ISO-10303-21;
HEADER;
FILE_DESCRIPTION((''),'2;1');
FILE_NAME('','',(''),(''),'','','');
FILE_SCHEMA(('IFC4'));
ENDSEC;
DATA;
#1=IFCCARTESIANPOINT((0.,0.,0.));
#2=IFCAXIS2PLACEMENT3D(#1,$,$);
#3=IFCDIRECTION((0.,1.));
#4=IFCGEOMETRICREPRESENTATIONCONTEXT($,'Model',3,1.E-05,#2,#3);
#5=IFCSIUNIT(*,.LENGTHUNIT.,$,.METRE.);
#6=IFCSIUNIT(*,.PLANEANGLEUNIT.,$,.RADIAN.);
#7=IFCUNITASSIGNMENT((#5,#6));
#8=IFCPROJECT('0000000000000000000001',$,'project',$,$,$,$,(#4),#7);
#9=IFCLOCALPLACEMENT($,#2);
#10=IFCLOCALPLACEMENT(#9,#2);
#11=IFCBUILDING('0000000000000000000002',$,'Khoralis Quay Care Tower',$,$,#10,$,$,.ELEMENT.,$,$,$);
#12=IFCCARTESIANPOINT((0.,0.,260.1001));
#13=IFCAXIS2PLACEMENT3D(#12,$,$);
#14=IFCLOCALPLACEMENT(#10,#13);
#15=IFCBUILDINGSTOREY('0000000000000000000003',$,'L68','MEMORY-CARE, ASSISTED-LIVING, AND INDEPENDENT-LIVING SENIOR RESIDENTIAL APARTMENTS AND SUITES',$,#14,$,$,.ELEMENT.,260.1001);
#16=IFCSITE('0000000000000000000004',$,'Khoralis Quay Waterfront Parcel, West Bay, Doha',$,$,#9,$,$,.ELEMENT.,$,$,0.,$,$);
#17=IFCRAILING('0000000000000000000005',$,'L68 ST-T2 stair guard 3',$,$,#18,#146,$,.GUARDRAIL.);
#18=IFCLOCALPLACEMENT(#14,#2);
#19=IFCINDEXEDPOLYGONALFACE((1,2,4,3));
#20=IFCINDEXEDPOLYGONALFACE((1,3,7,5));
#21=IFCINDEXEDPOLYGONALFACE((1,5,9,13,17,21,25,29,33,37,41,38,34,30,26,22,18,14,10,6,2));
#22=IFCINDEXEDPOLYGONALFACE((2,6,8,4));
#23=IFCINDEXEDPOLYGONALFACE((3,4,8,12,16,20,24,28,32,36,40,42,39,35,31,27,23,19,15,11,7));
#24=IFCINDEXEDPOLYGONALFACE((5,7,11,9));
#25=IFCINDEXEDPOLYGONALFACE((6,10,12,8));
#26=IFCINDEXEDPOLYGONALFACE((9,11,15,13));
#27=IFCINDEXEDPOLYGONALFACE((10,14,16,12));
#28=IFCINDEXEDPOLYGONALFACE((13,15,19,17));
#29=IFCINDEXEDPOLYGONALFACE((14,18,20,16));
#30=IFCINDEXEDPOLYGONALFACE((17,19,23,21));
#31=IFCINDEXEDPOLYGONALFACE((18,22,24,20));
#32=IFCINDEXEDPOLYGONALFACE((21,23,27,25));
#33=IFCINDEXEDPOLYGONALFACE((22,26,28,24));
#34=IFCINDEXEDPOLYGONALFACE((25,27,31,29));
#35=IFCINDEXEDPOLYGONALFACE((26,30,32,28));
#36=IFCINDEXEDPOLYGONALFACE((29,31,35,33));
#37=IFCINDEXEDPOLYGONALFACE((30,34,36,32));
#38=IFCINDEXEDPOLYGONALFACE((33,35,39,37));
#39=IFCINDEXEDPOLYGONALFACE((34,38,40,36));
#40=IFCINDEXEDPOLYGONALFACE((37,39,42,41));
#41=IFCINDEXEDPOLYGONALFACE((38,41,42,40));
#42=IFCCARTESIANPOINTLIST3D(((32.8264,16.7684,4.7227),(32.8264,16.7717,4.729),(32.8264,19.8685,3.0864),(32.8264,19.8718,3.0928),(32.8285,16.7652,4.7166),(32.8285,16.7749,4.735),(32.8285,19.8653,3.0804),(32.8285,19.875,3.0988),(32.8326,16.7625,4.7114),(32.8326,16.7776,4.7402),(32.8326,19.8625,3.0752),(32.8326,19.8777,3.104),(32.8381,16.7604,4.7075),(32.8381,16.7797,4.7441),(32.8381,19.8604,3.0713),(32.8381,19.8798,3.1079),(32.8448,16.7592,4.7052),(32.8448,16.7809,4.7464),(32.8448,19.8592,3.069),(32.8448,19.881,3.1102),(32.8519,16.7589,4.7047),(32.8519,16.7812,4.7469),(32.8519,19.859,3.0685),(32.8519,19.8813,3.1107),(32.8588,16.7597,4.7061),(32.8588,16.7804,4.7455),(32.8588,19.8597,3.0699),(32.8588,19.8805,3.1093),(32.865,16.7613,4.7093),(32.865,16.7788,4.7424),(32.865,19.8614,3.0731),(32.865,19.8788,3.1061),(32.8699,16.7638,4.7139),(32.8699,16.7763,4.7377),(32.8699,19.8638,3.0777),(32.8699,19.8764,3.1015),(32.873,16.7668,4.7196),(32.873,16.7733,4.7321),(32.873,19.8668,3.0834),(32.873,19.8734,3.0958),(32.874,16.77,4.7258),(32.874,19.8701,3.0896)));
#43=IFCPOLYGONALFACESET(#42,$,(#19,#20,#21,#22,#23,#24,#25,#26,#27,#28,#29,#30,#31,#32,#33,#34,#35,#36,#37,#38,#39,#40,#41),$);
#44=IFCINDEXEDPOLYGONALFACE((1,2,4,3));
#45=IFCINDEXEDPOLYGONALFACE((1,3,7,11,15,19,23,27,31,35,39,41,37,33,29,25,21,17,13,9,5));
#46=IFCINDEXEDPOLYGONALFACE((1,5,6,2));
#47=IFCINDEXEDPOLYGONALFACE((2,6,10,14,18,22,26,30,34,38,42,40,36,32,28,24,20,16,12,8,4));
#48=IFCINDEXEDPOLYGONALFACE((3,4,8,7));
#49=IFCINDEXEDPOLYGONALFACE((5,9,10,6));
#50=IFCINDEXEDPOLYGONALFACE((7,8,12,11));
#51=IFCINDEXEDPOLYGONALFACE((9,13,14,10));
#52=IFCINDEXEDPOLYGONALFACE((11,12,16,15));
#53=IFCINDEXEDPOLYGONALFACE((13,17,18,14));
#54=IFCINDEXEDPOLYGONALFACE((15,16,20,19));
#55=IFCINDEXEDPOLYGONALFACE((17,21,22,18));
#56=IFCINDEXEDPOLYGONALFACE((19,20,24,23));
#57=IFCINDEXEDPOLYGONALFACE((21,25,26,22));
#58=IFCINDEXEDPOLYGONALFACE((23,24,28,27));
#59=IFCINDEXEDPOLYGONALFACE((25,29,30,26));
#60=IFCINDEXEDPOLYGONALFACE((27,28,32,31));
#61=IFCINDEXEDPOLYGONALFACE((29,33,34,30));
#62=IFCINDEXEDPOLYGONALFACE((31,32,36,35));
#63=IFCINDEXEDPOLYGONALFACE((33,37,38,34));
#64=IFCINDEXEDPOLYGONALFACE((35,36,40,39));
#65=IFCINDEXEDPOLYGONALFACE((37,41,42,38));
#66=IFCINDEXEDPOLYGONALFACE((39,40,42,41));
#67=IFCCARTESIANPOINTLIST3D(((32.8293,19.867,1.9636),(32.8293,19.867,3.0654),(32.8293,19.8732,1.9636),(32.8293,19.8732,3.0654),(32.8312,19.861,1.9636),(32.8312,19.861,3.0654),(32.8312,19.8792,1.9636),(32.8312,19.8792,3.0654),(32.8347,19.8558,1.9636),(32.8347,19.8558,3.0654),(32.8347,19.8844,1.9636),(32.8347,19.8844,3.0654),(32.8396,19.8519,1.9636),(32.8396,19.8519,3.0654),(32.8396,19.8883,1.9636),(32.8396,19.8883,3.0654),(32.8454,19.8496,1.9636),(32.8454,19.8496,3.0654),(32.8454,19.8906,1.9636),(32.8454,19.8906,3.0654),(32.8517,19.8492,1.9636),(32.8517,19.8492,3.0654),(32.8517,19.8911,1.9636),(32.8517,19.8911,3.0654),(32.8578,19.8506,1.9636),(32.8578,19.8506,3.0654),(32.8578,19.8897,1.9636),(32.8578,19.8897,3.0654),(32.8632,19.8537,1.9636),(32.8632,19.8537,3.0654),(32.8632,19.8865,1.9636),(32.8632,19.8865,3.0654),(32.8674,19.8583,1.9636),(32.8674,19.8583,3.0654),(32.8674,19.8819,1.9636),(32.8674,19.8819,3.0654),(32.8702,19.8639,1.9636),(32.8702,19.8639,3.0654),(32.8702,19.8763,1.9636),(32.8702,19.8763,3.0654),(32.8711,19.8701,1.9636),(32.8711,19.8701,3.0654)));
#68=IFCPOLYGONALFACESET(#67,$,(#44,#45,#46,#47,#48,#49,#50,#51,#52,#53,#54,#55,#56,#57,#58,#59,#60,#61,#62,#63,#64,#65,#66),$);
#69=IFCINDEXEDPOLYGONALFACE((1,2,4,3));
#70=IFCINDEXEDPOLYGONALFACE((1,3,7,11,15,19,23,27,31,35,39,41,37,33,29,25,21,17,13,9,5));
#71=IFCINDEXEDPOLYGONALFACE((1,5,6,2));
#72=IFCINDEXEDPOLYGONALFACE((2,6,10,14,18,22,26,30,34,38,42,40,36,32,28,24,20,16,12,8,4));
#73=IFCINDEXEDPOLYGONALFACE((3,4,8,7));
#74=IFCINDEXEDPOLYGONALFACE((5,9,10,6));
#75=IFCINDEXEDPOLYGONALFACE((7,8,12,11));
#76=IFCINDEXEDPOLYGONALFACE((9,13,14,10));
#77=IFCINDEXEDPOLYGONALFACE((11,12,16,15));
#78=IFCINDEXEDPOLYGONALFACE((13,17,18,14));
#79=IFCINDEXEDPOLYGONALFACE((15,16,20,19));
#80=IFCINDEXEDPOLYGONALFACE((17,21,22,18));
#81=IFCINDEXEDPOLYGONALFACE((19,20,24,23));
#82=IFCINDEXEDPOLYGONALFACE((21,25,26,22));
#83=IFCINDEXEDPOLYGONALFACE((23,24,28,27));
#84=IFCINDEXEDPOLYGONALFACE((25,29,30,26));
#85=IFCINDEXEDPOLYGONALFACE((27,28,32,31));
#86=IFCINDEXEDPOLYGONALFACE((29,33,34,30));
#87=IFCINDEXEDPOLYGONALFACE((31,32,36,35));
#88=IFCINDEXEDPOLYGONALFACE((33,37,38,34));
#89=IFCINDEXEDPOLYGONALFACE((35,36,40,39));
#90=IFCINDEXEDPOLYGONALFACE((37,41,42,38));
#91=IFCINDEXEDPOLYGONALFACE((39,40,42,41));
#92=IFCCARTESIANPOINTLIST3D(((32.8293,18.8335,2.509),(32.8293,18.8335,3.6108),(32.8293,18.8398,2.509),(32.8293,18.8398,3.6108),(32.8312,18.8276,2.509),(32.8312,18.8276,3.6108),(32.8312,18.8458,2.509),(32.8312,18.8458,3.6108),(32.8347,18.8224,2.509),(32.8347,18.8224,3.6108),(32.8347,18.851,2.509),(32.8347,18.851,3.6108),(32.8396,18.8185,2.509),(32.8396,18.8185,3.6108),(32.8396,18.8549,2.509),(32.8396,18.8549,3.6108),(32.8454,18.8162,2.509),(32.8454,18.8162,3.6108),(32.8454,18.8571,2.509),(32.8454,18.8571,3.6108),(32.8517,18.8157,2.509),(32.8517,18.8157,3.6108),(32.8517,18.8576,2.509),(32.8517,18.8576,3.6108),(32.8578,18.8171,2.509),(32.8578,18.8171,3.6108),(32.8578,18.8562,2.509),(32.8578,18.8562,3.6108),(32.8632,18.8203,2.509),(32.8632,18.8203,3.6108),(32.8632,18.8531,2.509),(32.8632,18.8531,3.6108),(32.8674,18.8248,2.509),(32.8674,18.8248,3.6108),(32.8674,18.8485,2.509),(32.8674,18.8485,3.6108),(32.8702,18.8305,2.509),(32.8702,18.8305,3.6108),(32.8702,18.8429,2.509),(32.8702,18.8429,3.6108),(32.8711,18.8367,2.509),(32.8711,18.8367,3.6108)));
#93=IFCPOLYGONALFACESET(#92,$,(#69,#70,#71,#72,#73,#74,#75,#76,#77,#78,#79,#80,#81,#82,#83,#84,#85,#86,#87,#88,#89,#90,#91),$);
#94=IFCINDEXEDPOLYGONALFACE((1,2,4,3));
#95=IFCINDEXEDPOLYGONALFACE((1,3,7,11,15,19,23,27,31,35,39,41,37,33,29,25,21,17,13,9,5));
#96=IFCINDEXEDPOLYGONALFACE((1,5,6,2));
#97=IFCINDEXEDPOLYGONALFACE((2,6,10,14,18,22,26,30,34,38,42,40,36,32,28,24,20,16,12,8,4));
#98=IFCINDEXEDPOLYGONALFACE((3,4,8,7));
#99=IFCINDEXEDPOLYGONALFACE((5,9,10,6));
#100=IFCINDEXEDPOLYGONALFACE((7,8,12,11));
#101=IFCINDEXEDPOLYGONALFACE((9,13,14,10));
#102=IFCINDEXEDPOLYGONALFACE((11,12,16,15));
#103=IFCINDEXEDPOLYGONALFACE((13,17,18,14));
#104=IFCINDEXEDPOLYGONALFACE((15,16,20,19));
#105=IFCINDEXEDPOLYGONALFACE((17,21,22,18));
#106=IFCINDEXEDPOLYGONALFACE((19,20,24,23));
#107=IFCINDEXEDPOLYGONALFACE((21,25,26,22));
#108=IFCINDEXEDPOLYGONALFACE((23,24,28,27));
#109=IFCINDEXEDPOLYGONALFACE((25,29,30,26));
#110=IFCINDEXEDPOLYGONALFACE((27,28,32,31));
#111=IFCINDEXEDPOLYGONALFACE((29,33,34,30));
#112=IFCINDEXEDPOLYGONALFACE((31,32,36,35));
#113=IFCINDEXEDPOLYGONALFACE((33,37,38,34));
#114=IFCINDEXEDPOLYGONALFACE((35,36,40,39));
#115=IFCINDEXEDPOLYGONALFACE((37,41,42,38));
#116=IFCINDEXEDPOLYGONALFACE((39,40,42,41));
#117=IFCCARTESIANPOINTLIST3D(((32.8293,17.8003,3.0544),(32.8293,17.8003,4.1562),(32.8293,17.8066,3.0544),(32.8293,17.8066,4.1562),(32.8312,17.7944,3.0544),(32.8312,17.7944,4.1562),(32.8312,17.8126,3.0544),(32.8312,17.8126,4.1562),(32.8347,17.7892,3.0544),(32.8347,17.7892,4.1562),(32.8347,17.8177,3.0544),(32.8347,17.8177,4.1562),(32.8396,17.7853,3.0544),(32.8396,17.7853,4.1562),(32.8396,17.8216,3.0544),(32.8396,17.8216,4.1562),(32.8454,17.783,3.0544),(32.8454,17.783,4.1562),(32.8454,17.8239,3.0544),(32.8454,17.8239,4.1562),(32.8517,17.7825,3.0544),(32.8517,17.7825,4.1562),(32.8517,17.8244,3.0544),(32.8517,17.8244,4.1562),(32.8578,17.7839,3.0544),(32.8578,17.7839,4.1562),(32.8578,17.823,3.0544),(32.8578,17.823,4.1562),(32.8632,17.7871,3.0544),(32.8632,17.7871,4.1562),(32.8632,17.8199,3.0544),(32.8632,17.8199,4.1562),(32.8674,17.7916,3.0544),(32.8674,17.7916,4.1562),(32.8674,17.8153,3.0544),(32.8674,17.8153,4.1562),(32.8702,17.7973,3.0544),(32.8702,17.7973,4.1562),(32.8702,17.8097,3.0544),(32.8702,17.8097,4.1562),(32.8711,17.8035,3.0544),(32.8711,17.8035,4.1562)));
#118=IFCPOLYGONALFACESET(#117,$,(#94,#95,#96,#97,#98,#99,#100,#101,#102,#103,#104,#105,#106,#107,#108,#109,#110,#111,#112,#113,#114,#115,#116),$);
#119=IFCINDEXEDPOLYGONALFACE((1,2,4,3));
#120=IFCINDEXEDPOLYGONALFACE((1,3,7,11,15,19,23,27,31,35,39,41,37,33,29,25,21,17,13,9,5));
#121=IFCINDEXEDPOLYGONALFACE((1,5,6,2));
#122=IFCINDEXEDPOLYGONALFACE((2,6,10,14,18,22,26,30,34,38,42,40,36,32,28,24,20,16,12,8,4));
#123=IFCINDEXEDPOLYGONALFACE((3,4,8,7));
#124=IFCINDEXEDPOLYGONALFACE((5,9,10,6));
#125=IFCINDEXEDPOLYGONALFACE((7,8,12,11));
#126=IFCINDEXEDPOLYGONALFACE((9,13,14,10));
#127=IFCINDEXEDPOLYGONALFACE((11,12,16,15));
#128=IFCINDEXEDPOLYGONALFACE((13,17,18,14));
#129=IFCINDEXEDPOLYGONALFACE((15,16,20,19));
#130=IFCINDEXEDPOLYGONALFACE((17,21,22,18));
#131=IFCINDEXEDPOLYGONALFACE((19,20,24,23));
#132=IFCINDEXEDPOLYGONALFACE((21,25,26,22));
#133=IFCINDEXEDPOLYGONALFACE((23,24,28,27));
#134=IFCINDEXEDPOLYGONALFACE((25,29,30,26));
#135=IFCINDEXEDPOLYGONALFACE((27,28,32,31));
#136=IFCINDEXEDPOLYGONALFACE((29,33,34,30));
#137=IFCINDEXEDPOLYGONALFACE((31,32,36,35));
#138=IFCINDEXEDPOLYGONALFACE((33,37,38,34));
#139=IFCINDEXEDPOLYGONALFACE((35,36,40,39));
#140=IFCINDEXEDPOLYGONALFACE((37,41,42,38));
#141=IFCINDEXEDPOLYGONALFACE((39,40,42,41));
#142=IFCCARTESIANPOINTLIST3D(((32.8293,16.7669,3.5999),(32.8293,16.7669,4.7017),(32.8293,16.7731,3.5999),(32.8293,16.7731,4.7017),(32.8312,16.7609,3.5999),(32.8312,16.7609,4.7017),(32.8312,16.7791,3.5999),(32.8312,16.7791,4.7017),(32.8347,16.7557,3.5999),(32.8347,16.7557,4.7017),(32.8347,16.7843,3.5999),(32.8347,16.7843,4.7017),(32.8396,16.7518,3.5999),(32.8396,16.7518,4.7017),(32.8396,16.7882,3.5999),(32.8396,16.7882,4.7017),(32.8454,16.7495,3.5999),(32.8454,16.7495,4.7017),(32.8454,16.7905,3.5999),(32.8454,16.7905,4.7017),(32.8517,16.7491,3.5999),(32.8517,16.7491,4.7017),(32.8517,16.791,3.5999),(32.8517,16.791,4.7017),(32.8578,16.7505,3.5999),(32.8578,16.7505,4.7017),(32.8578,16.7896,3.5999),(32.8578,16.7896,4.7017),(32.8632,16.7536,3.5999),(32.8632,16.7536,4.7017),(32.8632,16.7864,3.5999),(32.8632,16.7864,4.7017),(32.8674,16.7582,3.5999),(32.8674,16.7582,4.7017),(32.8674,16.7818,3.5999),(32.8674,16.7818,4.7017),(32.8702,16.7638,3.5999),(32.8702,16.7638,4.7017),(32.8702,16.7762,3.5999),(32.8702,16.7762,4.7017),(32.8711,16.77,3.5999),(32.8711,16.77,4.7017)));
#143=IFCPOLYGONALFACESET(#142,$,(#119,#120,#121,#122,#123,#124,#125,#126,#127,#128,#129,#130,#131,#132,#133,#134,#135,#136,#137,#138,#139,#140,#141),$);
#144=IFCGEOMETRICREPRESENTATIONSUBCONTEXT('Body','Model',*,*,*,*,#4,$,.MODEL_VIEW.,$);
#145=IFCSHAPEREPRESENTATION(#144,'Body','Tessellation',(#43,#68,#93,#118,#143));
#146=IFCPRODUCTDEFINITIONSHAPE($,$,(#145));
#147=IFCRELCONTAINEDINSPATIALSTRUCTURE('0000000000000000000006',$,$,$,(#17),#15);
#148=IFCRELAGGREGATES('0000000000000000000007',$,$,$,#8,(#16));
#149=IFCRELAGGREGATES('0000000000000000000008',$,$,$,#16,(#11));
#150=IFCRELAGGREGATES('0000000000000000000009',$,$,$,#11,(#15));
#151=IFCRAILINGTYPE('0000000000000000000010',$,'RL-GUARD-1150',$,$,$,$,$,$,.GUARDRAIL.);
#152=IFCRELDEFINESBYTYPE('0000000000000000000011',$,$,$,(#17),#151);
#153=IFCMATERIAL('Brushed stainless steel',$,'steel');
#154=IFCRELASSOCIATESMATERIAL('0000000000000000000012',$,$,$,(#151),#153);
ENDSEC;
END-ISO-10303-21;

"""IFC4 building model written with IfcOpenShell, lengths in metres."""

from ifc_helpers import new_model, si_unit, direction, frame, origin, origin_2d, place, context, subcontext, project, spatial, circle, extrude, material, type_object, element, save


model = new_model("IFC4")

# Units and contexts
model_context = context("Model", 3, precision=1e-05, world=origin(), true_north=direction((0.0, 1.0)))
body_context = subcontext(model_context, "Body", "Model", "MODEL_VIEW")
ifc_project = project(units=[si_unit("LENGTHUNIT", "METRE"), si_unit("PLANEANGLEUNIT", "RADIAN")], contexts=[model_context])

# Site, building, storey
site_placement = place(None, origin())
site = spatial("IfcSite", under=ifc_project, at=site_placement, Name="Khoralis Quay Waterfront Parcel, West Bay, Doha", CompositionType="ELEMENT", RefElevation=0.0)
building_placement = place(site_placement, origin())
building = spatial("IfcBuilding", under=site, at=building_placement, Name="Khoralis Quay Care Tower", CompositionType="ELEMENT")
storey_placement = place(building_placement, frame((0.0, 0.0, 260.1001)))
storey = spatial("IfcBuildingStorey", under=building, at=storey_placement, Name="L68", Description="MEMORY-CARE, ASSISTED-LIVING, AND INDEPENDENT-LIVING SENIOR RESIDENTIAL APARTMENTS AND SUITES", CompositionType="ELEMENT", Elevation=260.1001)

# Shared definitions
ifc_material_1 = material(Name="Brushed stainless steel", Category="steel")

# Railing
railing_type_1 = type_object("IfcRailingType", Name="RL-GUARD-1150", PredefinedType="GUARDRAIL", material=ifc_material_1)
railing_1_placement = place(storey_placement, frame((32.8501, 19.8701, 1.9636)))
element("IfcRailing", 1, at=railing_1_placement, inside=storey, type_object=railing_type_1, Name="L68 ST-T2 stair guard 3", PredefinedType="GUARDRAIL", context=body_context, shape_type="SweptSolid", body=[
    extrude(circle(Radius=0.0239, at=origin_2d()), frame((0.0, 0.0, 1.126), z_axis=(0.0, -0.884377, 0.466774), x_axis=(1.0, 0.0, 0.0)), (0.0, 0.0, 1.0), 3.5054),
    extrude(circle(Radius=0.021, at=origin_2d()), origin(), (0.0, 0.0, 1.0), 1.1018),
    extrude(circle(Radius=0.021, at=origin_2d()), frame((0.0, -1.0334, 0.5454)), (0.0, 0.0, 1.0), 1.1018),
    extrude(circle(Radius=0.021, at=origin_2d()), frame((0.0, -2.0667, 1.0908)), (0.0, 0.0, 1.0), 1.1018),
    extrude(circle(Radius=0.021, at=origin_2d()), frame((0.0, -3.1001, 1.6362)), (0.0, 0.0, 1.0), 1.1018),
])

save(model, "model.ifc")
